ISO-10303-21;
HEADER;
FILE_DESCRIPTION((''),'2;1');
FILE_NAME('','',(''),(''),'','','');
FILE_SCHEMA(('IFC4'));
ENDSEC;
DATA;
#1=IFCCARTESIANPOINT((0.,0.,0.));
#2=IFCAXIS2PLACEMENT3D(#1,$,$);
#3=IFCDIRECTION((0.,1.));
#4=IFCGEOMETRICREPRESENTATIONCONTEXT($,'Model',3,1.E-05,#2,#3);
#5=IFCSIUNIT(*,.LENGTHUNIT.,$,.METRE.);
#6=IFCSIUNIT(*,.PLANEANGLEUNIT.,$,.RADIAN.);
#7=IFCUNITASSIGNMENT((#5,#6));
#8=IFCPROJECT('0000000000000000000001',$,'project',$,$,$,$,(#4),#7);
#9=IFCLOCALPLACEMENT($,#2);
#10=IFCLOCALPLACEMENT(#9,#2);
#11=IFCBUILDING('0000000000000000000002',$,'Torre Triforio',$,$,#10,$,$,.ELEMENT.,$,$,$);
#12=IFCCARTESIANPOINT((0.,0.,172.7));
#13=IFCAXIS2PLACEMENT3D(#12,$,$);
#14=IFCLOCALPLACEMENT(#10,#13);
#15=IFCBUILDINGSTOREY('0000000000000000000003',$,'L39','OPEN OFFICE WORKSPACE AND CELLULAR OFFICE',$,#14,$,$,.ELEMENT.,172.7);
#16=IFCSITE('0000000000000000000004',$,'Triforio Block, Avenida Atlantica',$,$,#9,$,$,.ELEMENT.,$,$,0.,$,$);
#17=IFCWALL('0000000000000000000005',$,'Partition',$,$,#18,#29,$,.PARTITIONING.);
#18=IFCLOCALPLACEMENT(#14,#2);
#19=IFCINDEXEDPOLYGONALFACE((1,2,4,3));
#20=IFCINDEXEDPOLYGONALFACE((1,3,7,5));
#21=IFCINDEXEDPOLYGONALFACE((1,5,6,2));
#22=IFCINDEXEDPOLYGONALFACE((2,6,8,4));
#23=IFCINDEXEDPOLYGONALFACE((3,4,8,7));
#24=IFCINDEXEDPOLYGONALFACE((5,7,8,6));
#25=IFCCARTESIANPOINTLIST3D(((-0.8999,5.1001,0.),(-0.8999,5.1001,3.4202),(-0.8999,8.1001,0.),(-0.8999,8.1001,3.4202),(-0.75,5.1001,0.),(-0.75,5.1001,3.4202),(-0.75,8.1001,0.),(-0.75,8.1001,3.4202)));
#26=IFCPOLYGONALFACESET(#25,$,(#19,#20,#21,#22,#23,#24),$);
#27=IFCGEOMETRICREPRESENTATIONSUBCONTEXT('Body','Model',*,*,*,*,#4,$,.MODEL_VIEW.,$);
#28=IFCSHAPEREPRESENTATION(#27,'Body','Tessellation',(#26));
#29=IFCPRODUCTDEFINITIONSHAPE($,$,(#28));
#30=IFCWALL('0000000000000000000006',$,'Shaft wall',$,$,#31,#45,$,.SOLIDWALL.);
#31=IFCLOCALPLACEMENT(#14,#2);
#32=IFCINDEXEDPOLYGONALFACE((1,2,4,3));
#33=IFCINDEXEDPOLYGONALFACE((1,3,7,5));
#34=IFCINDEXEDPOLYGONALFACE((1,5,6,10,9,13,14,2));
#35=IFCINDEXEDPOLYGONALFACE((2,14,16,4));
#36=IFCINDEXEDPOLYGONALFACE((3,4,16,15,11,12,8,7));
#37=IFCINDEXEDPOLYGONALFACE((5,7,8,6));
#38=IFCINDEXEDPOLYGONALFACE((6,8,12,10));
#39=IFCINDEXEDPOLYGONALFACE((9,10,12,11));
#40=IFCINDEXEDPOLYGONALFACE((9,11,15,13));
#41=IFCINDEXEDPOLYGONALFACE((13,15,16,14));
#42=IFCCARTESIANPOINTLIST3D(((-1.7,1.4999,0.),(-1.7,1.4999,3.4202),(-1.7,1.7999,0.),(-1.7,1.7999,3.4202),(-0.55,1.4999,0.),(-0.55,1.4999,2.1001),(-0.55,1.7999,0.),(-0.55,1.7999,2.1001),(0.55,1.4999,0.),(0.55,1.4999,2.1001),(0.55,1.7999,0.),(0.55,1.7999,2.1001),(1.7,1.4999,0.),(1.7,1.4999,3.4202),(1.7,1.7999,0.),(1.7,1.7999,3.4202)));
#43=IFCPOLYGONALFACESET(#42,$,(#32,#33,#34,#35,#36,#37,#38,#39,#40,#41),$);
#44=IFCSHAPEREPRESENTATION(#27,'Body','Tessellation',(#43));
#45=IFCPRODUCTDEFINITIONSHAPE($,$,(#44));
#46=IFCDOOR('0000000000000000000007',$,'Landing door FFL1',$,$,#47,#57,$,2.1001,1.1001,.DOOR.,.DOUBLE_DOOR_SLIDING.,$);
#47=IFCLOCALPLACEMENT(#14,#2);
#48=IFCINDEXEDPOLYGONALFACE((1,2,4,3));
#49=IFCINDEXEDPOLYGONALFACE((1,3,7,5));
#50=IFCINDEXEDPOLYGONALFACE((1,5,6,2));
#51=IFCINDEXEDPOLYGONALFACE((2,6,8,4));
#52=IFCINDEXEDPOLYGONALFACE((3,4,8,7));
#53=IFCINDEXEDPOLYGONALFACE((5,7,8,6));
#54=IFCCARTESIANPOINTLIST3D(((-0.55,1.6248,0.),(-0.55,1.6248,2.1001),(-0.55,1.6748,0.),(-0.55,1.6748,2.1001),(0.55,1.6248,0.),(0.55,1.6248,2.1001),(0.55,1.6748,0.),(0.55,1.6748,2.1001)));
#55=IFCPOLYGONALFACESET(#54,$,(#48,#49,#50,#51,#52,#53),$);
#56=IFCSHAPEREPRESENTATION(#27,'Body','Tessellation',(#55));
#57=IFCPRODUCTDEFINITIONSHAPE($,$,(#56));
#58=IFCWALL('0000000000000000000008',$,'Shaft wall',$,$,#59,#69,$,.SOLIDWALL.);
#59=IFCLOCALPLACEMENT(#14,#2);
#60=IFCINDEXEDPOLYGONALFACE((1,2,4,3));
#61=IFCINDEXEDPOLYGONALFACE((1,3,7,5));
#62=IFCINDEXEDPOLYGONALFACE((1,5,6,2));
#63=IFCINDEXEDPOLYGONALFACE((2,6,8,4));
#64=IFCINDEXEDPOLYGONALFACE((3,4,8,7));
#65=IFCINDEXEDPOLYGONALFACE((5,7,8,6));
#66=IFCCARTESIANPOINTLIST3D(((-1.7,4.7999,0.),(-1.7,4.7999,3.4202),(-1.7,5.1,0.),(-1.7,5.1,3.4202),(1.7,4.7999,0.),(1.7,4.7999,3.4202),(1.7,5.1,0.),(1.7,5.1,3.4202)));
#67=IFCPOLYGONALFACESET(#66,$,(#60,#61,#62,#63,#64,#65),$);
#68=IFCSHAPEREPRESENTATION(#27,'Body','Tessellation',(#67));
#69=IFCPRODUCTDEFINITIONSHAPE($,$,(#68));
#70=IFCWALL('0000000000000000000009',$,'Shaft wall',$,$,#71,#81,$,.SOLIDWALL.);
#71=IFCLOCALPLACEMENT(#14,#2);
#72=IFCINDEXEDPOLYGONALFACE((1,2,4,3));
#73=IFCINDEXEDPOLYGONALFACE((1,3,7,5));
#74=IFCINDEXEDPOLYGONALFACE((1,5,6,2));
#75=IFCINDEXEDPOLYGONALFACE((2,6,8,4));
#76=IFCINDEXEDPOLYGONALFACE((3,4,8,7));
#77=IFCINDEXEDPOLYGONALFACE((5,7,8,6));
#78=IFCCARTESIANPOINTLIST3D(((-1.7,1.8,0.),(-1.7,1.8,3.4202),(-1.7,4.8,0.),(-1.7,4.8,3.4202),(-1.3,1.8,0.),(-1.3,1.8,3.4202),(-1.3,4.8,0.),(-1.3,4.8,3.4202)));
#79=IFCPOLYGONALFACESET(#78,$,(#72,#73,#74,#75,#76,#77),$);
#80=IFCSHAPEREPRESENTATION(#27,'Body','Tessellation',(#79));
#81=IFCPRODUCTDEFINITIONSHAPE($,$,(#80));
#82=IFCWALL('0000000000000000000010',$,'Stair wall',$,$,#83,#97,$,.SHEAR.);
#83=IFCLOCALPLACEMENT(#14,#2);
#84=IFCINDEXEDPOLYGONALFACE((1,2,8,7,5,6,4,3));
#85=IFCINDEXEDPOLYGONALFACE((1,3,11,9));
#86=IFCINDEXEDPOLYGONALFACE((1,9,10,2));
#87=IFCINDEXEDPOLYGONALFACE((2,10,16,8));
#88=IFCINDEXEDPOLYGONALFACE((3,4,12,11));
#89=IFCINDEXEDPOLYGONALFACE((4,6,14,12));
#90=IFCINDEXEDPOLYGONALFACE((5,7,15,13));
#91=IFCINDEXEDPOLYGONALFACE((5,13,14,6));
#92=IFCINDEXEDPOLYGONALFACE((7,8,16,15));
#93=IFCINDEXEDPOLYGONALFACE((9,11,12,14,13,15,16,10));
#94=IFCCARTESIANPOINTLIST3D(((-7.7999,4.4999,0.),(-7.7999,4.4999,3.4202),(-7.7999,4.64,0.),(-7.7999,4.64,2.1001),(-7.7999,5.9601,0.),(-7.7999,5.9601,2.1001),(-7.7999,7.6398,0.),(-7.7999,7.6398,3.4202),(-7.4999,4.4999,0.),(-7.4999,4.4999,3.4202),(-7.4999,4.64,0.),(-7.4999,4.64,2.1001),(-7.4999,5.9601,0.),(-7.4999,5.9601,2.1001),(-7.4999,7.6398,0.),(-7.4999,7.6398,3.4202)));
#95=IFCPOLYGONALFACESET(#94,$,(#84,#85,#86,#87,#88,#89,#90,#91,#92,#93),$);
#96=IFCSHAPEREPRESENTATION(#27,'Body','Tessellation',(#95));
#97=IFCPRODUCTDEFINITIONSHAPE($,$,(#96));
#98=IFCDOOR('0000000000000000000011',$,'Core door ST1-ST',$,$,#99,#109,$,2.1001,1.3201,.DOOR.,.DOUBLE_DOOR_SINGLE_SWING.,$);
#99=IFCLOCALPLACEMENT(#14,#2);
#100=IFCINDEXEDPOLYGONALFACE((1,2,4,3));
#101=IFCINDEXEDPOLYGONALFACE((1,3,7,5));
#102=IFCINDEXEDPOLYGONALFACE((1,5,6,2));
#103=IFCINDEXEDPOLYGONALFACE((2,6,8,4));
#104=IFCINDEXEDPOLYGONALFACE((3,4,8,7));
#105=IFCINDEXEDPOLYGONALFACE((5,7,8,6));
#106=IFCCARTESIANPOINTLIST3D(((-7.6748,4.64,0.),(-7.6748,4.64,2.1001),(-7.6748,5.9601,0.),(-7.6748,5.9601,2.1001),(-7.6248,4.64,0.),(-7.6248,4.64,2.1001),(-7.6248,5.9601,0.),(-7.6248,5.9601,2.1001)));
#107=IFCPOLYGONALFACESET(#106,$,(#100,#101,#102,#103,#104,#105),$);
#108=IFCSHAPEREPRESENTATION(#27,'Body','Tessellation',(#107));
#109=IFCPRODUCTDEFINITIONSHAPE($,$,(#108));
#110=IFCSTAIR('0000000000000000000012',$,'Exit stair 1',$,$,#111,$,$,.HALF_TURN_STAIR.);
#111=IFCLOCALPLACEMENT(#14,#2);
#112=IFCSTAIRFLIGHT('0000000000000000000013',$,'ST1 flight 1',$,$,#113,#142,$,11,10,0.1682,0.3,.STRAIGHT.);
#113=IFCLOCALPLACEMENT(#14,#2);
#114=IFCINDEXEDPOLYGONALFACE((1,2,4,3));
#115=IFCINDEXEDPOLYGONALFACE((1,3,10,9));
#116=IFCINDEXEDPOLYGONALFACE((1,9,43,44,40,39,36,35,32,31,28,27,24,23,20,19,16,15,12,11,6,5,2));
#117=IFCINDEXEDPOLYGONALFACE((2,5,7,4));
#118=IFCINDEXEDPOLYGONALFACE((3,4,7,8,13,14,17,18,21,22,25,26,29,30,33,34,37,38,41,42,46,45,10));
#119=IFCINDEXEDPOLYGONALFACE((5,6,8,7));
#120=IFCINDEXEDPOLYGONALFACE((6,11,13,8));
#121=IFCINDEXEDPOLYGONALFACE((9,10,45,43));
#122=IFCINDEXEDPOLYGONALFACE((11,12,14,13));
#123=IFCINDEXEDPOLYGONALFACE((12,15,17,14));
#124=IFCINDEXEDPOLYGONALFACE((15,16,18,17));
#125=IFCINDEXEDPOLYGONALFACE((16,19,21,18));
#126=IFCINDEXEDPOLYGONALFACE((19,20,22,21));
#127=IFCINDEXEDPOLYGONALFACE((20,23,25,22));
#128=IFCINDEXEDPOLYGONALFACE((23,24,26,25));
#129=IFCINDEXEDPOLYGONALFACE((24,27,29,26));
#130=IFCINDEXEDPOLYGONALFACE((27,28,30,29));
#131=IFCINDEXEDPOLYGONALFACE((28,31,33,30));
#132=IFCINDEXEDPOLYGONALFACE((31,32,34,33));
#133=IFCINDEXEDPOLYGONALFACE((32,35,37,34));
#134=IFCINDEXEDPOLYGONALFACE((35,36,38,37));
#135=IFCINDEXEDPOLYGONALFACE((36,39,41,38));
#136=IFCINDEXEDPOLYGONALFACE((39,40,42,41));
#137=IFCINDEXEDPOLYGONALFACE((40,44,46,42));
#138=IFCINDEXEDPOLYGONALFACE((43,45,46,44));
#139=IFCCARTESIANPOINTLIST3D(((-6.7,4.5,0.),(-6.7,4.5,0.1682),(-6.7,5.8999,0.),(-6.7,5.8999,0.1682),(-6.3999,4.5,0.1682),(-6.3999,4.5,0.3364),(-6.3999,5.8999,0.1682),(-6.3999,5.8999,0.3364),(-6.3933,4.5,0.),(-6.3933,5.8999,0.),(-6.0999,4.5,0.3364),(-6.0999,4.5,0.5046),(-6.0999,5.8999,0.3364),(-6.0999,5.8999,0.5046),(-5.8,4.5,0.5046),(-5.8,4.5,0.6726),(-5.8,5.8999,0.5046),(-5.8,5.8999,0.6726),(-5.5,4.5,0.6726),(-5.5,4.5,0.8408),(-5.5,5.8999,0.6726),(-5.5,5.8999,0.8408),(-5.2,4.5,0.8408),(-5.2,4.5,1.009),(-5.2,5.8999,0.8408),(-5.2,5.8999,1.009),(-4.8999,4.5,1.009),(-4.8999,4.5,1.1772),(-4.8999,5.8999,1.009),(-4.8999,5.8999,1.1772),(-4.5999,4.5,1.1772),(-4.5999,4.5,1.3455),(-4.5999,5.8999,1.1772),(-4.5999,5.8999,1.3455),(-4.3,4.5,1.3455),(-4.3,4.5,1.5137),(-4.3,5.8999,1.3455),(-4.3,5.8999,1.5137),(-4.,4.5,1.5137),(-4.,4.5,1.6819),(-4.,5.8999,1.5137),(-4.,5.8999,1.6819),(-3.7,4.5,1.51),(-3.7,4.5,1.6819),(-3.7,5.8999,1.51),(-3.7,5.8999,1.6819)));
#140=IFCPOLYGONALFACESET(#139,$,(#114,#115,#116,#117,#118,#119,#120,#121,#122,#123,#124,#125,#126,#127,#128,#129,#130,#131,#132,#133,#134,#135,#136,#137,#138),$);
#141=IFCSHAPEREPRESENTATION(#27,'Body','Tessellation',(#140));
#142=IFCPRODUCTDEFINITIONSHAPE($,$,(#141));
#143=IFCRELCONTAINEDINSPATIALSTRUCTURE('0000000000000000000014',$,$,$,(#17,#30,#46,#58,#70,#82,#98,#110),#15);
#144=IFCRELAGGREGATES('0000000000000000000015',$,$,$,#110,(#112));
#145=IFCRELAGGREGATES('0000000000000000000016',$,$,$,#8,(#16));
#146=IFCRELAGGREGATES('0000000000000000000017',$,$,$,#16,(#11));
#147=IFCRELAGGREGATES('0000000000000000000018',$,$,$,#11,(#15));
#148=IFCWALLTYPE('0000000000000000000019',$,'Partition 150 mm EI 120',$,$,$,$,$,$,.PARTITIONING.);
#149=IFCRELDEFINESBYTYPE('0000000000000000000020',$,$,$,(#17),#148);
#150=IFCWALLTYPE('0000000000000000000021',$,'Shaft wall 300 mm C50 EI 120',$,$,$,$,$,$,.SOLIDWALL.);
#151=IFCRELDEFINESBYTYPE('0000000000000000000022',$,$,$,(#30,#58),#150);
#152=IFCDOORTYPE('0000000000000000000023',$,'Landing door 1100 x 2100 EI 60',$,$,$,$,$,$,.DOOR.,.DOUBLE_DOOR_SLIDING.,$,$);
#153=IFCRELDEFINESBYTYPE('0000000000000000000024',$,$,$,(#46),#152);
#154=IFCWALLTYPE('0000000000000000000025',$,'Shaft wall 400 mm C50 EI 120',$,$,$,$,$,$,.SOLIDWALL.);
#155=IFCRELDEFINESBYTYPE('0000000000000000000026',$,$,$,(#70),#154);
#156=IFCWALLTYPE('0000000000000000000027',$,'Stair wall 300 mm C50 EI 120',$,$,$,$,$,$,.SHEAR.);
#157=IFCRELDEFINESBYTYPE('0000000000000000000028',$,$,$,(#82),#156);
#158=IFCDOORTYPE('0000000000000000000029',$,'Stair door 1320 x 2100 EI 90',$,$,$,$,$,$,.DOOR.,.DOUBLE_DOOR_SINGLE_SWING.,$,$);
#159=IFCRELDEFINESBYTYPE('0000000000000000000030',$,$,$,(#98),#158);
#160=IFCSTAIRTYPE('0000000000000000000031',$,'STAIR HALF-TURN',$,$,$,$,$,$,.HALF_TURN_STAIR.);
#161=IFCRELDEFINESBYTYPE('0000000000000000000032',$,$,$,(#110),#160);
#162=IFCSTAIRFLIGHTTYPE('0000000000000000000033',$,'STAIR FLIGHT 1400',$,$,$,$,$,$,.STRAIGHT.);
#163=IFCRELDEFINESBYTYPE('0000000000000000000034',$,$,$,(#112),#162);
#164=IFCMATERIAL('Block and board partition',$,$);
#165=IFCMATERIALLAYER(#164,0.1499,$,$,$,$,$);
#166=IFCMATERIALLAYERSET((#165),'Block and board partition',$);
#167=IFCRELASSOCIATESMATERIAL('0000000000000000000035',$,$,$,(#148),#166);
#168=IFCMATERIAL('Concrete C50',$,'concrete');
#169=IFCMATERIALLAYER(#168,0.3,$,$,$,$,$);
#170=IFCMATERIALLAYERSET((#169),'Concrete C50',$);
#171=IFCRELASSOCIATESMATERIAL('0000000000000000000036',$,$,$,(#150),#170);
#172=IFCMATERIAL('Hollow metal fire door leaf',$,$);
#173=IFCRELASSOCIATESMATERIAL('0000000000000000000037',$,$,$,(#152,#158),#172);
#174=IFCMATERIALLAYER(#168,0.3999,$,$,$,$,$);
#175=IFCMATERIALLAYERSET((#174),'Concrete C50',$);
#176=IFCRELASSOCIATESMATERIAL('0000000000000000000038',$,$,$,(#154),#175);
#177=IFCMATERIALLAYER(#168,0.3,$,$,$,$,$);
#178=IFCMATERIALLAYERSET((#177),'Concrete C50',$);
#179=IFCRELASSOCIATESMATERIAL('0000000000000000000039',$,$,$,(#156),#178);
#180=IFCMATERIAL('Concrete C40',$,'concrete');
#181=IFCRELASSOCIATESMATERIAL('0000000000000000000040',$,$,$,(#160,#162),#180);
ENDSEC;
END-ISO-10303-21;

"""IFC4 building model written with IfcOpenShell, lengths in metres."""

from ifc_helpers import new_model, si_unit, direction, frame, frame_2d, origin, place, context, subcontext, project, spatial, polyline, rectangle, outline, extrude, material, layer, layer_set, type_object, element, fill, aggregate, save


model = new_model("IFC4")

# Units and contexts
model_context = context("Model", 3, precision=1e-05, world=origin(), true_north=direction((0.0, 1.0)))
body_context = subcontext(model_context, "Body", "Model", "MODEL_VIEW")
ifc_project = project(units=[si_unit("LENGTHUNIT", "METRE"), si_unit("PLANEANGLEUNIT", "RADIAN")], contexts=[model_context])

# Site, building, storey
site_placement = place(None, origin())
site = spatial("IfcSite", under=ifc_project, at=site_placement, Name="Triforio Block, Avenida Atlantica", CompositionType="ELEMENT", RefElevation=0.0)
building_placement = place(site_placement, origin())
building = spatial("IfcBuilding", under=site, at=building_placement, Name="Torre Triforio", CompositionType="ELEMENT")
storey_placement = place(building_placement, frame((0.0, 0.0, 172.7)))
storey = spatial("IfcBuildingStorey", under=building, at=storey_placement, Name="L39", Description="OPEN OFFICE WORKSPACE AND CELLULAR OFFICE", CompositionType="ELEMENT", Elevation=172.7)

# Shared definitions
ifc_material_1 = material(Name="Concrete C40", Category="concrete")

# Wall
ifc_material_2 = material(Name="Concrete C50", Category="concrete")
ifc_material_3 = material(Name="Block and board partition")
ifc_layer_1 = layer(ifc_material_3, 0.1499)
ifc_layer_set_1 = layer_set([ifc_layer_1], Name="Block and board partition")
wall_type_1 = type_object("IfcWallType", Name="Partition 150 mm EI 120", PredefinedType="PARTITIONING", material=ifc_layer_set_1)
wall_1_placement = place(storey_placement, frame((-0.825, 5.1001, 0.0), z_axis=(0.0, 0.0, 1.0), x_axis=(0.0, 1.0, 0.0)))
element("IfcWall", 1, at=wall_1_placement, inside=storey, type_object=wall_type_1, Name="Partition", PredefinedType="PARTITIONING", context=body_context, shape_type="SweptSolid", body=[
    extrude(rectangle(XDim=3.0, YDim=0.1499, at=frame_2d((1.5, 0.0))), origin(), (0.0, 0.0, 1.0), 3.4202),
])

# Wall, opening, door
ifc_layer_2 = layer(ifc_material_2, 0.3)
ifc_layer_set_2 = layer_set([ifc_layer_2], Name="Concrete C50")
wall_type_2 = type_object("IfcWallType", Name="Shaft wall 300 mm C50 EI 120", PredefinedType="SOLIDWALL", material=ifc_layer_set_2)
wall_2_placement = place(storey_placement, frame((-1.7, 1.6499, 0.0), z_axis=(0.0, 0.0, 1.0), x_axis=(1.0, 0.0, 0.0)))
wall_2 = element("IfcWall", 2, at=wall_2_placement, inside=storey, type_object=wall_type_2, Name="Shaft wall", PredefinedType="SOLIDWALL", context=body_context, shape_type="SweptSolid", body=[
    extrude(rectangle(XDim=3.3999, YDim=0.3, at=frame_2d((1.7, 0.0))), origin(), (0.0, 0.0, 1.0), 3.4202),
])
opening_1_placement = place(wall_2_placement, frame((1.1499, 0.0, 0.0)))
opening_1 = element("IfcOpeningElement", 3, at=opening_1_placement, cuts=wall_2, PredefinedType="OPENING", context=body_context, shape_type="SweptSolid", body=[
    extrude(rectangle(XDim=1.1001, YDim=2.1001, at=frame_2d((0.55, 1.05))), frame((0.0, 0.1599, 0.0), z_axis=(0.0, -1.0, 0.0), x_axis=(1.0, 0.0, 0.0)), (0.0, 0.0, 1.0), 0.3201),
])
ifc_material_4 = material(Name="Hollow metal fire door leaf")
door_type_1 = type_object("IfcDoorType", Name="Landing door 1100 x 2100 EI 60", OperationType="DOUBLE_DOOR_SLIDING", PredefinedType="DOOR", material=ifc_material_4)
door_1_placement = place(opening_1_placement, origin())
door_1 = element("IfcDoor", 4, at=door_1_placement, inside=storey, type_object=door_type_1, Name="Landing door FFL1", OperationType="DOUBLE_DOOR_SLIDING", OverallHeight=2.1001, OverallWidth=1.1001, PredefinedType="DOOR", context=body_context, shape_type="SweptSolid", body=[
    extrude(rectangle(XDim=1.1001, YDim=2.1001, at=frame_2d((0.55, 1.05))), frame((0.0, 0.0249, 0.0), z_axis=(0.0, -1.0, 0.0), x_axis=(1.0, 0.0, 0.0)), (0.0, 0.0, 1.0), 0.05),
])
fill(opening_1, door_1)

# Walls
wall_3_placement = place(storey_placement, frame((-1.7, 4.95, 0.0), z_axis=(0.0, 0.0, 1.0), x_axis=(1.0, 0.0, 0.0)))
element("IfcWall", 5, at=wall_3_placement, inside=storey, type_object=wall_type_2, Name="Shaft wall", PredefinedType="SOLIDWALL", context=body_context, shape_type="SweptSolid", body=[
    extrude(rectangle(XDim=3.3999, YDim=0.3, at=frame_2d((1.7, 0.0))), origin(), (0.0, 0.0, 1.0), 3.4202),
])
ifc_layer_3 = layer(ifc_material_2, 0.3999)
ifc_layer_set_3 = layer_set([ifc_layer_3], Name="Concrete C50")
wall_type_3 = type_object("IfcWallType", Name="Shaft wall 400 mm C50 EI 120", PredefinedType="SOLIDWALL", material=ifc_layer_set_3)
wall_4_placement = place(storey_placement, frame((-1.5, 1.8, 0.0), z_axis=(0.0, 0.0, 1.0), x_axis=(0.0, 1.0, 0.0)))
element("IfcWall", 6, at=wall_4_placement, inside=storey, type_object=wall_type_3, Name="Shaft wall", PredefinedType="SOLIDWALL", context=body_context, shape_type="SweptSolid", body=[
    extrude(rectangle(XDim=3.0, YDim=0.3999, at=frame_2d((1.5, 0.0))), origin(), (0.0, 0.0, 1.0), 3.4202),
])

# Wall, opening, door
ifc_layer_4 = layer(ifc_material_2, 0.3)
ifc_layer_set_4 = layer_set([ifc_layer_4], Name="Concrete C50")
wall_type_4 = type_object("IfcWallType", Name="Stair wall 300 mm C50 EI 120", PredefinedType="SHEAR", material=ifc_layer_set_4)
wall_5_placement = place(storey_placement, frame((-7.6499, 4.5, 0.0), z_axis=(0.0, 0.0, 1.0), x_axis=(0.0, 1.0, 0.0)))
wall_5 = element("IfcWall", 7, at=wall_5_placement, inside=storey, type_object=wall_type_4, Name="Stair wall", PredefinedType="SHEAR", context=body_context, shape_type="SweptSolid", body=[
    extrude(rectangle(XDim=3.1399, YDim=0.3, at=frame_2d((1.5698, 0.0))), origin(), (0.0, 0.0, 1.0), 3.4202),
])
opening_2_placement = place(wall_5_placement, frame((0.1399, 0.0, 0.0)))
opening_2 = element("IfcOpeningElement", 8, at=opening_2_placement, cuts=wall_5, PredefinedType="OPENING", context=body_context, shape_type="SweptSolid", body=[
    extrude(rectangle(XDim=1.3201, YDim=2.1001, at=frame_2d((0.6602, 1.05))), frame((0.0, 0.1599, 0.0), z_axis=(0.0, -1.0, 0.0), x_axis=(1.0, 0.0, 0.0)), (0.0, 0.0, 1.0), 0.3201),
])
door_type_2 = type_object("IfcDoorType", Name="Stair door 1320 x 2100 EI 90", OperationType="DOUBLE_DOOR_SINGLE_SWING", PredefinedType="DOOR", material=ifc_material_4)
door_2_placement = place(opening_2_placement, origin())
door_2 = element("IfcDoor", 9, at=door_2_placement, inside=storey, type_object=door_type_2, Name="Core door ST1-ST", OperationType="DOUBLE_DOOR_SINGLE_SWING", OverallHeight=2.1001, OverallWidth=1.3201, PredefinedType="DOOR", context=body_context, shape_type="SweptSolid", body=[
    extrude(rectangle(XDim=1.3201, YDim=2.1001, at=frame_2d((0.6602, 1.05))), frame((0.0, 0.0249, 0.0), z_axis=(0.0, -1.0, 0.0), x_axis=(1.0, 0.0, 0.0)), (0.0, 0.0, 1.0), 0.05),
])
fill(opening_2, door_2)

# Stair, stair flight
stair_type = type_object("IfcStairType", Name="STAIR HALF-TURN", PredefinedType="HALF_TURN_STAIR", material=ifc_material_1)
stair_placement = place(storey_placement, origin())
stair = element("IfcStair", 10, at=stair_placement, inside=storey, type_object=stair_type, Name="Exit stair 1", PredefinedType="HALF_TURN_STAIR")
stair_flight_type = type_object("IfcStairFlightType", Name="STAIR FLIGHT 1400", PredefinedType="STRAIGHT", material=ifc_material_1)
stair_flight_placement = place(storey_placement, frame((-6.7, 5.2, 0.0), z_axis=(0.0, 0.0, 1.0), x_axis=(1.0, 0.0, 0.0)))
stair_flight = element("IfcStairFlight", 11, at=stair_flight_placement, type_object=stair_flight_type, Name="ST1 flight 1", NumberOfRisers=11, NumberOfTreads=10, PredefinedType="STRAIGHT", RiserHeight=0.1682, TreadLength=0.3, context=body_context, shape_type="SweptSolid", body=[
    extrude(outline(polyline([(0.0, 0.0), (0.0, 0.1682), (0.3, 0.1682), (0.3, 0.3364), (0.6001, 0.3364), (0.6001, 0.5046), (0.8999, 0.5046), (0.8999, 0.6726), (1.2, 0.6726), (1.2, 0.8408), (1.5, 0.8408), (1.5, 1.009), (1.8, 1.009), (1.8, 1.1772), (2.1001, 1.1772), (2.1001, 1.3455), (2.3999, 1.3455), (2.3999, 1.5137), (2.7, 1.5137), (2.7, 1.6819), (3.0, 1.6819), (3.0, 1.8501), (3.0, 1.51), (0.3066, 0.0), (0.0, 0.0)])), frame((0.0, 0.7, 0.0), z_axis=(0.0, -1.0, 0.0), x_axis=(1.0, 0.0, 0.0)), (0.0, 0.0, 1.0), 1.3999),
])
aggregate(stair, [stair_flight])

save(model, "model.ifc")
